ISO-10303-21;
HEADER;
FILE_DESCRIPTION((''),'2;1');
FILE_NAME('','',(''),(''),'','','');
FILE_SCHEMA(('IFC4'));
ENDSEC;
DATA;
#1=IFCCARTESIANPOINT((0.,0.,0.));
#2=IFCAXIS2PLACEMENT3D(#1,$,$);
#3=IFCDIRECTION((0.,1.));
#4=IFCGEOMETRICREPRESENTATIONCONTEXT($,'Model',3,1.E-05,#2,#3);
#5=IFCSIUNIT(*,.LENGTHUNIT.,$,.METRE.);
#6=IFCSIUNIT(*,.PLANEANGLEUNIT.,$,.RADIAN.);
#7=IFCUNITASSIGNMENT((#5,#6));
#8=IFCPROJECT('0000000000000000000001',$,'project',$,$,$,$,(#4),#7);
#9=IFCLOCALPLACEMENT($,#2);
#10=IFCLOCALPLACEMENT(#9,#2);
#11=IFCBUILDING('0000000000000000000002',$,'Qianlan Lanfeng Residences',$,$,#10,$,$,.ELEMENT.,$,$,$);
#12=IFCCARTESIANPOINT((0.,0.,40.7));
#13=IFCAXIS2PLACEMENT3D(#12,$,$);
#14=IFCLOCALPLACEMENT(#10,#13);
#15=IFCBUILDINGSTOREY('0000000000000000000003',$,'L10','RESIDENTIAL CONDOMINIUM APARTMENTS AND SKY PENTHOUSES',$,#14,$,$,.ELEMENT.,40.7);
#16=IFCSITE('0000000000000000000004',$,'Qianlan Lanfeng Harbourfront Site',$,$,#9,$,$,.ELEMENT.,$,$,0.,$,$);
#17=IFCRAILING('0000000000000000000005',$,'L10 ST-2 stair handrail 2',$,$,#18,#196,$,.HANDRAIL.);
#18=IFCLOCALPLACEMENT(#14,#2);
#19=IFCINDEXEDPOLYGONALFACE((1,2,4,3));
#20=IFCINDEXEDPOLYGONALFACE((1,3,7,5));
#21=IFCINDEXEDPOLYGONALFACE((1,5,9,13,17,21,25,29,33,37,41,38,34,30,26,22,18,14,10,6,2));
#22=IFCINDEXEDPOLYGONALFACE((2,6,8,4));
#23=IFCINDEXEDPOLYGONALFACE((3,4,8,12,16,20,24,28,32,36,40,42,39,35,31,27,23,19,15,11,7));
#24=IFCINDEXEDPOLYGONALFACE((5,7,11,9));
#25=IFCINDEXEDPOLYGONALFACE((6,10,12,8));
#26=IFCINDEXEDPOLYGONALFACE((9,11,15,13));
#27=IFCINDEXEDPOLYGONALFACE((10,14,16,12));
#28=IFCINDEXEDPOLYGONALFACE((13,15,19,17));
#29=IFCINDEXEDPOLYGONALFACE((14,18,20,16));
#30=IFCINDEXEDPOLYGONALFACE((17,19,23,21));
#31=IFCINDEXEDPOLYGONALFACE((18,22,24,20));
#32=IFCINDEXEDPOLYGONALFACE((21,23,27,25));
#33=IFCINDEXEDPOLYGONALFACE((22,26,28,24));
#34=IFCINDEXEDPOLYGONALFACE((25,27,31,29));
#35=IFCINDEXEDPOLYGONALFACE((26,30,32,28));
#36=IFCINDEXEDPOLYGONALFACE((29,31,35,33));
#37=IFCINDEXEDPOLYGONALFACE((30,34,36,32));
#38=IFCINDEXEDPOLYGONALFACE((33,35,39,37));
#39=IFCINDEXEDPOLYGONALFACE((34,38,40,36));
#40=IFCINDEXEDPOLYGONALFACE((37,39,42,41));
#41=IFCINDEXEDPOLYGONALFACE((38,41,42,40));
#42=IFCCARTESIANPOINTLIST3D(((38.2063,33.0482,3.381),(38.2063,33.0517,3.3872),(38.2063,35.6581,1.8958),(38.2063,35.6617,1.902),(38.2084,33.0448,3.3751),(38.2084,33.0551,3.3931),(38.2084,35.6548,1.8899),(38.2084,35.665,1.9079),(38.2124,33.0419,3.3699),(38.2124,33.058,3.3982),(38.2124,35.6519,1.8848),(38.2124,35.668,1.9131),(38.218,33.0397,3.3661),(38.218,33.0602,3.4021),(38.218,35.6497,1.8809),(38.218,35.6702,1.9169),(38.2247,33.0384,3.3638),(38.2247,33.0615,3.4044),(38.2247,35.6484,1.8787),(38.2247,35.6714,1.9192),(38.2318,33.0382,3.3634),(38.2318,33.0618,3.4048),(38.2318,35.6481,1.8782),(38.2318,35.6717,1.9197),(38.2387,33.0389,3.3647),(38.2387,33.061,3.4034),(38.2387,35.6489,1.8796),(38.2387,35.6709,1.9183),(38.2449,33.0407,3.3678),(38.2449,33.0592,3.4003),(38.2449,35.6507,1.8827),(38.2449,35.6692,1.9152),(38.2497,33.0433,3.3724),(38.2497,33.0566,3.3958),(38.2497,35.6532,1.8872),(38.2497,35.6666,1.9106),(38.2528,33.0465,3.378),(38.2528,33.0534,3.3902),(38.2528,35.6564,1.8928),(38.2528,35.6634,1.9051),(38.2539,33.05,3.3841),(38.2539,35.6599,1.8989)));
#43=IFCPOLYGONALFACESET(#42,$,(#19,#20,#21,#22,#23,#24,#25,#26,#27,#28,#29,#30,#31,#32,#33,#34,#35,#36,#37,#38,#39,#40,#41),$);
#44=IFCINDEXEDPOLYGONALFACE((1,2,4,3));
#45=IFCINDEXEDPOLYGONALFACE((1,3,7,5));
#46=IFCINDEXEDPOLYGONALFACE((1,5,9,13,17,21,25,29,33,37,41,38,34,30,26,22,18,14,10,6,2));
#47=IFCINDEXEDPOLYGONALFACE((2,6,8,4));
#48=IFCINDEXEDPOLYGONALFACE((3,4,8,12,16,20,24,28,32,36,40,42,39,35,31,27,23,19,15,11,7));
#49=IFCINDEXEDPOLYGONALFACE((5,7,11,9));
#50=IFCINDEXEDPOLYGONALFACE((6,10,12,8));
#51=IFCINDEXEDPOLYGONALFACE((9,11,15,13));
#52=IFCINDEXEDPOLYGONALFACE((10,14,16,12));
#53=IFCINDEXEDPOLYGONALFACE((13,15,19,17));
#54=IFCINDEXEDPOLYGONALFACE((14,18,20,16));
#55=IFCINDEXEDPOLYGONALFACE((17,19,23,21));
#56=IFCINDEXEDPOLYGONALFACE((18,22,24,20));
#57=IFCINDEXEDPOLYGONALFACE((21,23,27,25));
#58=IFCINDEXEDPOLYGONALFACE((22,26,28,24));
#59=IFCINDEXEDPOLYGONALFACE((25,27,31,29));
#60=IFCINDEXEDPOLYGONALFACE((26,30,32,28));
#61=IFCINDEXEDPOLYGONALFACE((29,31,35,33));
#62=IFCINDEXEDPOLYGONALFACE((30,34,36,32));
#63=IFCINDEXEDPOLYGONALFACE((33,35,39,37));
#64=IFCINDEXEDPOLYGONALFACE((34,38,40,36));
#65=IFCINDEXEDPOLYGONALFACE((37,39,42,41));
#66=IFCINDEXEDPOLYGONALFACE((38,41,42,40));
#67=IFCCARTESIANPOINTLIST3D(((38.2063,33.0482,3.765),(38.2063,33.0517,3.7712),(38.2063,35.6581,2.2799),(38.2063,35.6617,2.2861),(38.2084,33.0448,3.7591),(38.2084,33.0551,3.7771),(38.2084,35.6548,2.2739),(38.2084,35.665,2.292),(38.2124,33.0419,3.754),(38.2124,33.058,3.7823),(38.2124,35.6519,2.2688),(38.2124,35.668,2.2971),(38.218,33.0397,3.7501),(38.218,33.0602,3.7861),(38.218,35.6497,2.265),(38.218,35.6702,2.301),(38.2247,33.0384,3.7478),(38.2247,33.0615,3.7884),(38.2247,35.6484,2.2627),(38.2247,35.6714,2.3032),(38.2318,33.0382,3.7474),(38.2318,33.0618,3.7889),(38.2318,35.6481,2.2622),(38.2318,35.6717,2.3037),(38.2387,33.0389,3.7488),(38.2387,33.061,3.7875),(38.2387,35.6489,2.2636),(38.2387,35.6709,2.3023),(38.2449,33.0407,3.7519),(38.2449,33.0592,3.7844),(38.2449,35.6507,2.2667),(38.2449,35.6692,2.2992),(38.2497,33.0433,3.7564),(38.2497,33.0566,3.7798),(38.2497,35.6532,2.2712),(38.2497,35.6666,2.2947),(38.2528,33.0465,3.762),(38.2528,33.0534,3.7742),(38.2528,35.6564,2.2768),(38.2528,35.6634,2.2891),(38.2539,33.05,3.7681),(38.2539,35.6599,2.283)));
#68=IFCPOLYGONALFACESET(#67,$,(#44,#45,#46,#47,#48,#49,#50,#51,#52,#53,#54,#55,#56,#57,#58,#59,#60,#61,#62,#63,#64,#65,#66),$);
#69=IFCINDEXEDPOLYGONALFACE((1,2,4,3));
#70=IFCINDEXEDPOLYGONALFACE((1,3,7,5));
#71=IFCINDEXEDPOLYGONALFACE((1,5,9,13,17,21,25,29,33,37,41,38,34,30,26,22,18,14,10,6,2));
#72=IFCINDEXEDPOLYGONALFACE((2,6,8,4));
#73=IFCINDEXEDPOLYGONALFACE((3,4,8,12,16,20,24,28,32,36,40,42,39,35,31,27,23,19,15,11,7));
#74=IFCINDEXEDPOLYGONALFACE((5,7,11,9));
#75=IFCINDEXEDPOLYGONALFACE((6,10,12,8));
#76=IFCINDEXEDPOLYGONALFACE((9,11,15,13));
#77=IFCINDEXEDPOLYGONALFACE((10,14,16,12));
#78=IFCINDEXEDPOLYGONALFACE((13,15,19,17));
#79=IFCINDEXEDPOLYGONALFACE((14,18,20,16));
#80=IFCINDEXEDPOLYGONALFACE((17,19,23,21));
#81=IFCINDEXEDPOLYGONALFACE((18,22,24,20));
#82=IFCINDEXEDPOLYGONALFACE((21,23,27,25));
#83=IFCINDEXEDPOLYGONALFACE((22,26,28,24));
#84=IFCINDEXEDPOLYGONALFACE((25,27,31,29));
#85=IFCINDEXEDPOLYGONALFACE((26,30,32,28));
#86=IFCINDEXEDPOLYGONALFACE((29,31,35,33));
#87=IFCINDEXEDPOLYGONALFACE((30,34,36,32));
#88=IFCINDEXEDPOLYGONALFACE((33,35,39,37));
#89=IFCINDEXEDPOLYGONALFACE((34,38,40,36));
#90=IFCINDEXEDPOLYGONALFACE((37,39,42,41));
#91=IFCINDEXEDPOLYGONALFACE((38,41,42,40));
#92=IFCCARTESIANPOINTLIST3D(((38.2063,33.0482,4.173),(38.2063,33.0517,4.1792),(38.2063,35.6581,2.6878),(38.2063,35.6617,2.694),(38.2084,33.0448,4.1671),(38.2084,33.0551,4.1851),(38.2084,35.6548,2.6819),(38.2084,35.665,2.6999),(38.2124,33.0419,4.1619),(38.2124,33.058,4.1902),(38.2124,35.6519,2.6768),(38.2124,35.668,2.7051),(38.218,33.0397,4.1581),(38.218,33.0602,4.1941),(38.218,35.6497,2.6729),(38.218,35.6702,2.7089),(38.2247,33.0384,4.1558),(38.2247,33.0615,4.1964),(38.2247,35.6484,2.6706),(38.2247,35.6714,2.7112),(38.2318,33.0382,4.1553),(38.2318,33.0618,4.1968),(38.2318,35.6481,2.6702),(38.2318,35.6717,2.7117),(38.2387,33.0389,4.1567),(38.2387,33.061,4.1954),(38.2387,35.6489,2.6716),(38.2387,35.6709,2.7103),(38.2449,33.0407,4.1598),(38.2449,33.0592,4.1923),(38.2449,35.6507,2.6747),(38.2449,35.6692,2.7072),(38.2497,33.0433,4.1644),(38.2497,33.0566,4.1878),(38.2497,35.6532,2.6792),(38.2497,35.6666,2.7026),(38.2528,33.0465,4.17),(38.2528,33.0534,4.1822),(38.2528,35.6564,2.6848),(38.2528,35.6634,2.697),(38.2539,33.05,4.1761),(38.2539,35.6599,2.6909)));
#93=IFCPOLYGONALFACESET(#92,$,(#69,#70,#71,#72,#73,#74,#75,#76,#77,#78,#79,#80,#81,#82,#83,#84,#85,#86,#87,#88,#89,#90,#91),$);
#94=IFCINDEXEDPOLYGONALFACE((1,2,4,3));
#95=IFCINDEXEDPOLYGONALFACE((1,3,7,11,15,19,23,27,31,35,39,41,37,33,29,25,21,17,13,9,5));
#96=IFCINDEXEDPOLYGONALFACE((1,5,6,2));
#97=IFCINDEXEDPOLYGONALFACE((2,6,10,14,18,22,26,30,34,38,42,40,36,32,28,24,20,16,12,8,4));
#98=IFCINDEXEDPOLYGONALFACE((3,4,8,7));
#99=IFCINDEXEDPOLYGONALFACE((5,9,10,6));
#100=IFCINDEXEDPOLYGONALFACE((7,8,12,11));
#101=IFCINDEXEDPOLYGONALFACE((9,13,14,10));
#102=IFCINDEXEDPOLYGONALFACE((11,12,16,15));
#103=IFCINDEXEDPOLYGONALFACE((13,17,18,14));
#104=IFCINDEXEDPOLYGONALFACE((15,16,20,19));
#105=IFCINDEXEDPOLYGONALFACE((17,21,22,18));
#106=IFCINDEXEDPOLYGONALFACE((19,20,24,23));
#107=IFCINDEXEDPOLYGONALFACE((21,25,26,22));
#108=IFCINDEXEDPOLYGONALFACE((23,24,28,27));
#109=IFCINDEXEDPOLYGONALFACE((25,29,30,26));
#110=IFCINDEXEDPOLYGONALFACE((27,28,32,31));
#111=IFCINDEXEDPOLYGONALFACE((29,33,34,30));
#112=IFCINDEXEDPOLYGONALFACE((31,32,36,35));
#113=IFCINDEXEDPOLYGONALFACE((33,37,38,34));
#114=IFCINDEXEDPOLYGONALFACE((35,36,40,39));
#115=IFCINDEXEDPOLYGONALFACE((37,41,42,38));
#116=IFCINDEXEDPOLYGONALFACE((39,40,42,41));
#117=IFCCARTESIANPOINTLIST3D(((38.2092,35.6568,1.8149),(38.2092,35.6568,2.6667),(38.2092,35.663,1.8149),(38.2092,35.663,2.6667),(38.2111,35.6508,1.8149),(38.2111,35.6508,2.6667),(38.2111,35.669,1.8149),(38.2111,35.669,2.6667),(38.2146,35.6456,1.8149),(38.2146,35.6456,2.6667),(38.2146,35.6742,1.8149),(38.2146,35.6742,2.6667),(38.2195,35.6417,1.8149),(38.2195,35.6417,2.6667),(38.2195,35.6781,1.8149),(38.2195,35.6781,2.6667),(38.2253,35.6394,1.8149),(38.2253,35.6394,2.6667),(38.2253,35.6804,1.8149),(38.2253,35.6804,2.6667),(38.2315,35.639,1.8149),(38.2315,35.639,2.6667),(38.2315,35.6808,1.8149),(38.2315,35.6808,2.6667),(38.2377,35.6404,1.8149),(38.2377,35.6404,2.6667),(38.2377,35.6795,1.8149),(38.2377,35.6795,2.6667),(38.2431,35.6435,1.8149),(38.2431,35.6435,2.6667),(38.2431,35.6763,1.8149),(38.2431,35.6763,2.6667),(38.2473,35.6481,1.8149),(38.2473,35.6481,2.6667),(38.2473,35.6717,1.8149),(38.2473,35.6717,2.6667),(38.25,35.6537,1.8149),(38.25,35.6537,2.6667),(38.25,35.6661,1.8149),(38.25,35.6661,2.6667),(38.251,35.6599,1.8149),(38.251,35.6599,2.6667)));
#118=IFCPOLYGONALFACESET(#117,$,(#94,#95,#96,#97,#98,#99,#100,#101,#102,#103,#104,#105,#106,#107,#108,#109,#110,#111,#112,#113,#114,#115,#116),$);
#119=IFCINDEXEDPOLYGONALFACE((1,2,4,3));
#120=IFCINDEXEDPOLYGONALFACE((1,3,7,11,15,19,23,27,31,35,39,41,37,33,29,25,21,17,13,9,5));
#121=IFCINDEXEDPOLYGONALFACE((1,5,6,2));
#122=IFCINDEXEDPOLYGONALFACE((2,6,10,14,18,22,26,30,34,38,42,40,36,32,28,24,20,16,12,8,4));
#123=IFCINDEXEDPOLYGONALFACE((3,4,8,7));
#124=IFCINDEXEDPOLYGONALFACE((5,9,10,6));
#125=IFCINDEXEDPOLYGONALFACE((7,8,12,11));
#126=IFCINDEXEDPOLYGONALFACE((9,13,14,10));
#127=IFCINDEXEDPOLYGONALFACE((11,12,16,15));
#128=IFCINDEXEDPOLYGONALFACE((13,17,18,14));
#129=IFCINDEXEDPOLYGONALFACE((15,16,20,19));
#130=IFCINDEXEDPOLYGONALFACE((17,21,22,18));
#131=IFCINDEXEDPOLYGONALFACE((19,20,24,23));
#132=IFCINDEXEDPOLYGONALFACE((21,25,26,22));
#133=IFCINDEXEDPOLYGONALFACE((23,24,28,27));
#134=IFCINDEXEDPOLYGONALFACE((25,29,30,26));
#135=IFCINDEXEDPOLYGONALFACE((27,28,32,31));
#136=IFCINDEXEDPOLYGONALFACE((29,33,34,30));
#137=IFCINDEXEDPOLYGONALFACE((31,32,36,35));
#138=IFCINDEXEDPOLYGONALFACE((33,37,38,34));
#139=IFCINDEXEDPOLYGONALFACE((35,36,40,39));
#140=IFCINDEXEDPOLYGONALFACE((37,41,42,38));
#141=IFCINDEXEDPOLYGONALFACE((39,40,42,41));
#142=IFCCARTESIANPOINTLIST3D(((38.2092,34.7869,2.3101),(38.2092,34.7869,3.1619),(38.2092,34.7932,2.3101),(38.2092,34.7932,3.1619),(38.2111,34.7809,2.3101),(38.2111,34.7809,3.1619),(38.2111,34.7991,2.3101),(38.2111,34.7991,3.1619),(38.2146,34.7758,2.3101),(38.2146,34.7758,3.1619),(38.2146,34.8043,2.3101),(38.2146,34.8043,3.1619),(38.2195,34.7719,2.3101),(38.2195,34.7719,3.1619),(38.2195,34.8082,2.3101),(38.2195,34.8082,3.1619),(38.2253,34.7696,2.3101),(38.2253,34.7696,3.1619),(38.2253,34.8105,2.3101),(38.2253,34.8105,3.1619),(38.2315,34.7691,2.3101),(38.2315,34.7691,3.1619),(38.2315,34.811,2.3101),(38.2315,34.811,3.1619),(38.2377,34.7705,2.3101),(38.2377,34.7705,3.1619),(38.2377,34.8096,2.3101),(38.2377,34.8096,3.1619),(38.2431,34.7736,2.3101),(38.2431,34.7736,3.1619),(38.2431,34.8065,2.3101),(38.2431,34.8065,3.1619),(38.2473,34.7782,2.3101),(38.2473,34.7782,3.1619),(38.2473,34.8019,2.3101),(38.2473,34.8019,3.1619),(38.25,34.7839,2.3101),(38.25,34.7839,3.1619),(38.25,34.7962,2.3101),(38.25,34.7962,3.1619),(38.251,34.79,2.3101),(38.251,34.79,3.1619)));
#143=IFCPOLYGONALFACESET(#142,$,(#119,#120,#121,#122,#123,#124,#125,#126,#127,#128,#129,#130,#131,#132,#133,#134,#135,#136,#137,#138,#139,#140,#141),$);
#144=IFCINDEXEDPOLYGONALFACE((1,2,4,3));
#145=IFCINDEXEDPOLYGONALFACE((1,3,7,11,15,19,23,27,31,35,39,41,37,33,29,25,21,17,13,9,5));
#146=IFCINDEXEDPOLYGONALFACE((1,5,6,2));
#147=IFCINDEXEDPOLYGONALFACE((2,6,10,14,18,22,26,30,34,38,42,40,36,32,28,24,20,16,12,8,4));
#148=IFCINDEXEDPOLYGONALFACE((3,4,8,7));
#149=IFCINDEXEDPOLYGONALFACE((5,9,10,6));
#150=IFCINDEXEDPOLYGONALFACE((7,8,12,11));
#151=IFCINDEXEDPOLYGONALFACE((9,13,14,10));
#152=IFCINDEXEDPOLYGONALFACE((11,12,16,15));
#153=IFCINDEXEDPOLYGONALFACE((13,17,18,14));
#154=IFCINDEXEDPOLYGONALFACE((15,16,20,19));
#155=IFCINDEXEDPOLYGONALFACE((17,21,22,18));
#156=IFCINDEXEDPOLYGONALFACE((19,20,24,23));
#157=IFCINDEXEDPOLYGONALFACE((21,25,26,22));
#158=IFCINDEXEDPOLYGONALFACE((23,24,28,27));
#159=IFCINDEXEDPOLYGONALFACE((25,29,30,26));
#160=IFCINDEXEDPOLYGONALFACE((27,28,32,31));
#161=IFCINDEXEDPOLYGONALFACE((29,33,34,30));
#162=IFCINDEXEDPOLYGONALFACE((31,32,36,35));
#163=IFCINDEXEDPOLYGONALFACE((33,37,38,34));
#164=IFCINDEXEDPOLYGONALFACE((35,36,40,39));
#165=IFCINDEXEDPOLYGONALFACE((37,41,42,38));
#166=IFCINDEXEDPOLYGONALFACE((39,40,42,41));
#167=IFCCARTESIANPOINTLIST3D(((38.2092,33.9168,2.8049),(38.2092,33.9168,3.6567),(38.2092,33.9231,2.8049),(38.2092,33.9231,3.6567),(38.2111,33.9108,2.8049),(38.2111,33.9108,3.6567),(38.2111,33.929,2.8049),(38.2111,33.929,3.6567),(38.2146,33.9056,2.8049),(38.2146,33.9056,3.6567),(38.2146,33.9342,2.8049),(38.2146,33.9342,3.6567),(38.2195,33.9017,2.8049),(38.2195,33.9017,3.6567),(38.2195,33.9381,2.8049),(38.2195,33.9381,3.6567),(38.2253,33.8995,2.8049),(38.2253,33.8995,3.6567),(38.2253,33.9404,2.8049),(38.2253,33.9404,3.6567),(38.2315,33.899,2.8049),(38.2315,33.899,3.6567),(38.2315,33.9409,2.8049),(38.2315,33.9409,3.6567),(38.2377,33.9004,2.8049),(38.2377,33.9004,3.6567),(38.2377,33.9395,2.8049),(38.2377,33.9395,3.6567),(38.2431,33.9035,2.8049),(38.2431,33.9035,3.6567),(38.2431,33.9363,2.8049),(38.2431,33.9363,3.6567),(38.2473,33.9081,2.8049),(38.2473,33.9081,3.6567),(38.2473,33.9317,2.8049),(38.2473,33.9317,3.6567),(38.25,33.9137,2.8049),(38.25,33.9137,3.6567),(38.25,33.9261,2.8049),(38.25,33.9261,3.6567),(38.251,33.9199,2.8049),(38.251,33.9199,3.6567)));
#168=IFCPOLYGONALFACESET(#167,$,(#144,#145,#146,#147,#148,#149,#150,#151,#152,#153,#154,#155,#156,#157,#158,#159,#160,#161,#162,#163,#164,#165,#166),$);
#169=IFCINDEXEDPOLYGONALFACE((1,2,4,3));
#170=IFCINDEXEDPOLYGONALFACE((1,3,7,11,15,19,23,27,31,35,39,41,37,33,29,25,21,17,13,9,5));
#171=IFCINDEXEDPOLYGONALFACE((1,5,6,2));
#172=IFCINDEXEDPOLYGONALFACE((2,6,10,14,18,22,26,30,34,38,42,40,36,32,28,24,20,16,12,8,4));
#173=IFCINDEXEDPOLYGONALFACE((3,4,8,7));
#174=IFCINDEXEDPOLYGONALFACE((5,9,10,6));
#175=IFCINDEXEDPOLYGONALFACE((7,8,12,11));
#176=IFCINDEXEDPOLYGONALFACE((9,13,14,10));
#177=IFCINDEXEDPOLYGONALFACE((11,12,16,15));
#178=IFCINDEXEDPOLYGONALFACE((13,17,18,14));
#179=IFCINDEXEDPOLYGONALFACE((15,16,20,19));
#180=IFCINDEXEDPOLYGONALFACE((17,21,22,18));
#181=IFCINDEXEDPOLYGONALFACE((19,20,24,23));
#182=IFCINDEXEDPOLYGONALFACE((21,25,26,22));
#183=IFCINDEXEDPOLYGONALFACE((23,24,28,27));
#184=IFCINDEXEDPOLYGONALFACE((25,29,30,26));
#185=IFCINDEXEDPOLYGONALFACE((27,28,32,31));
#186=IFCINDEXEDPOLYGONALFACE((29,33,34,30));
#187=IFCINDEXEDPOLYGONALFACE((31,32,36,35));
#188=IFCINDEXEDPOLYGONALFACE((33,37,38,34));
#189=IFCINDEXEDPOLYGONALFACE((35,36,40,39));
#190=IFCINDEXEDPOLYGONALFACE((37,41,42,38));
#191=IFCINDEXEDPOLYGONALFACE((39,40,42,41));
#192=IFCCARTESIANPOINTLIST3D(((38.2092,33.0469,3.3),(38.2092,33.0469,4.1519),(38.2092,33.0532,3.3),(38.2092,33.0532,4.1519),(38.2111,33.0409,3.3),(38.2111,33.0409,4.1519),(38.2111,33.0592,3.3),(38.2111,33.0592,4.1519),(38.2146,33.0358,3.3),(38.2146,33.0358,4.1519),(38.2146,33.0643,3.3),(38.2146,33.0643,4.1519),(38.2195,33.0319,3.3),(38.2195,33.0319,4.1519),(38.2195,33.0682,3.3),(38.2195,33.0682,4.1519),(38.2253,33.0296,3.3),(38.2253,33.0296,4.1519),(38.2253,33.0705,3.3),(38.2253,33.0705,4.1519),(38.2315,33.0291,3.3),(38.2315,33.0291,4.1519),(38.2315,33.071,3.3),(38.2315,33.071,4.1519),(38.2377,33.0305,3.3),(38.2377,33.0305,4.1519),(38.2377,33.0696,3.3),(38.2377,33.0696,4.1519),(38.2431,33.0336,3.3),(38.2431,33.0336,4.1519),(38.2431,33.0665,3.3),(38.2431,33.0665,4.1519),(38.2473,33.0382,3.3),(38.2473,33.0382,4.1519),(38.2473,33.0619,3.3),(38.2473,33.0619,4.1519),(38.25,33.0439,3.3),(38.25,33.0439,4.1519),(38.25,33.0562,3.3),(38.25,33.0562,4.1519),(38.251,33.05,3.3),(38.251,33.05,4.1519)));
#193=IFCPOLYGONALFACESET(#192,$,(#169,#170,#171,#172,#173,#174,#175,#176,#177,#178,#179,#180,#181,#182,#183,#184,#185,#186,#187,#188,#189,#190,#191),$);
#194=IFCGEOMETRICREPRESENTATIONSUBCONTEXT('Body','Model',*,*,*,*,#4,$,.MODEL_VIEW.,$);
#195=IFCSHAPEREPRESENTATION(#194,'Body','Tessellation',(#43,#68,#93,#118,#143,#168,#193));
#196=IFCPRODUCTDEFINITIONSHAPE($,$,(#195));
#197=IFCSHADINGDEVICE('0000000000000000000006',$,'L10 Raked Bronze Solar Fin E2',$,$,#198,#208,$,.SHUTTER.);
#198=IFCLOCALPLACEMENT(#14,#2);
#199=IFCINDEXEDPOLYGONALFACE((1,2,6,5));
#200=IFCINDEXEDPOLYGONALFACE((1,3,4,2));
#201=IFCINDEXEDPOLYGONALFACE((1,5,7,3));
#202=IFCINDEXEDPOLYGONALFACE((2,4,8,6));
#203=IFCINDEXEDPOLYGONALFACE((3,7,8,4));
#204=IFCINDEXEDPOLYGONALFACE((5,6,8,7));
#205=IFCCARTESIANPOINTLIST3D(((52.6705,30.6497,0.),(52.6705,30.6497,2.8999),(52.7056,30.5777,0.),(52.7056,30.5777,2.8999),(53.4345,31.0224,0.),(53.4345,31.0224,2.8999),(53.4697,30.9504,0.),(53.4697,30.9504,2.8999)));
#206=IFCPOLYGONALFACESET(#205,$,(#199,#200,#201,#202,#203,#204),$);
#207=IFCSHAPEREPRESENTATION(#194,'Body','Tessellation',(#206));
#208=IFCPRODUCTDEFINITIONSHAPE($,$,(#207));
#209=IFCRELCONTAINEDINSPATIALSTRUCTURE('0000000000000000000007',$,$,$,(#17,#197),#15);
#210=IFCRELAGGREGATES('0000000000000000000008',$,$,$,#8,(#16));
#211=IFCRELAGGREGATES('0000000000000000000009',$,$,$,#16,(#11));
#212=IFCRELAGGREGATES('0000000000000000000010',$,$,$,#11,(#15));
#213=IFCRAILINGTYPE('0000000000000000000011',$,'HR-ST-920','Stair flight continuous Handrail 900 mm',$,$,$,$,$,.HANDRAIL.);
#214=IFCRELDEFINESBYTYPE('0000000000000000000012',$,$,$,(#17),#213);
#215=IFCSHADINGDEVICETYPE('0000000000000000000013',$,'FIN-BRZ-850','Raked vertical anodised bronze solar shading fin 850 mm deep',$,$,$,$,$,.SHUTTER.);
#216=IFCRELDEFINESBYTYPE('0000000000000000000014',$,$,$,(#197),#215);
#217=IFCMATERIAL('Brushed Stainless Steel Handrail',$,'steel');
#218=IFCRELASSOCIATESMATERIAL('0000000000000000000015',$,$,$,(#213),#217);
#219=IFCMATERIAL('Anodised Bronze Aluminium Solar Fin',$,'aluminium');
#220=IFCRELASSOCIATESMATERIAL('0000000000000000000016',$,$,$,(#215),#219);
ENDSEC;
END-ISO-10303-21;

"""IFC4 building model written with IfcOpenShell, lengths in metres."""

from ifc_helpers import new_model, si_unit, direction, frame, origin, origin_2d, place, context, subcontext, project, spatial, rectangle, circle, extrude, source, transform, mapped, material, type_object, element, save


model = new_model("IFC4")

# Units and contexts
model_context = context("Model", 3, precision=1e-05, world=origin(), true_north=direction((0.0, 1.0)))
body_context = subcontext(model_context, "Body", "Model", "MODEL_VIEW")
ifc_project = project(units=[si_unit("LENGTHUNIT", "METRE"), si_unit("PLANEANGLEUNIT", "RADIAN")], contexts=[model_context])

# Site, building, storey
site_placement = place(None, origin())
site = spatial("IfcSite", under=ifc_project, at=site_placement, Name="Qianlan Lanfeng Harbourfront Site", CompositionType="ELEMENT", RefElevation=0.0)
building_placement = place(site_placement, origin())
building = spatial("IfcBuilding", under=site, at=building_placement, Name="Qianlan Lanfeng Residences", CompositionType="ELEMENT")
storey_placement = place(building_placement, frame((0.0, 0.0, 40.7)))
storey = spatial("IfcBuildingStorey", under=building, at=storey_placement, Name="L10", Description="RESIDENTIAL CONDOMINIUM APARTMENTS AND SKY PENTHOUSES", CompositionType="ELEMENT", Elevation=40.7)

# Railing
ifc_material_1 = material(Name="Brushed Stainless Steel Handrail", Category="steel")
railing_type_1 = type_object("IfcRailingType", Name="HR-ST-920", Description="Stair flight continuous Handrail 900 mm", PredefinedType="HANDRAIL", material=ifc_material_1)
railing_1_placement = place(storey_placement, frame((38.23, 35.6599, 1.8149)))
element("IfcRailing", 1, at=railing_1_placement, inside=storey, type_object=railing_type_1, Name="L10 ST-2 stair handrail 2", PredefinedType="HANDRAIL", context=body_context, shape_type="SweptSolid", body=[
    extrude(circle(Radius=0.0239, at=origin_2d()), frame((0.0, 0.0, 0.084), z_axis=(0.0, -0.869137, 0.494571), x_axis=(1.0, 0.0, 0.0)), (0.0, 0.0, 1.0), 3.0029),
    extrude(circle(Radius=0.0239, at=origin_2d()), frame((0.0, 0.0, 0.468), z_axis=(0.0, -0.869137, 0.494571), x_axis=(1.0, 0.0, 0.0)), (0.0, 0.0, 1.0), 3.0029),
    extrude(circle(Radius=0.0239, at=origin_2d()), frame((0.0, 0.0, 0.876), z_axis=(0.0, -0.869137, 0.494571), x_axis=(1.0, 0.0, 0.0)), (0.0, 0.0, 1.0), 3.0029),
    extrude(circle(Radius=0.021, at=origin_2d()), origin(), (0.0, 0.0, 1.0), 0.8518),
    extrude(circle(Radius=0.021, at=origin_2d()), frame((0.0, -0.8699, 0.4951)), (0.0, 0.0, 1.0), 0.8518),
    extrude(circle(Radius=0.021, at=origin_2d()), frame((0.0, -1.74, 0.99)), (0.0, 0.0, 1.0), 0.8518),
    extrude(circle(Radius=0.021, at=origin_2d()), frame((0.0, -2.6099, 1.4851)), (0.0, 0.0, 1.0), 0.8518),
])

# Shading device
ifc_material_2 = material(Name="Anodised Bronze Aluminium Solar Fin", Category="aluminium")
shading_device_type = type_object("IfcShadingDeviceType", Name="FIN-BRZ-850", Description="Raked vertical anodised bronze solar shading fin 850 mm deep", PredefinedType="SHUTTER", material=ifc_material_2)
shared_shape_1 = source(origin(), body_context, "Body", "SweptSolid", [
    extrude(rectangle(XDim=0.8501, YDim=0.0801, at=origin_2d()), origin(), (0.0, 0.0, 1.0), 2.8999),
])
shading_device_placement = place(storey_placement, frame((53.0701, 30.8, 0.0), z_axis=(0.0, 0.0, 1.0), x_axis=(0.898794, 0.438371, 0.0)))
element("IfcShadingDevice", 2, at=shading_device_placement, inside=storey, type_object=shading_device_type, Name="L10 Raked Bronze Solar Fin E2", PredefinedType="SHUTTER", context=body_context, shape_type="MappedRepresentation", body=[
    mapped(shared_shape_1, transform((0.0, 0.0, 0.0), scale=1.0)),
])

save(model, "model.ifc")
